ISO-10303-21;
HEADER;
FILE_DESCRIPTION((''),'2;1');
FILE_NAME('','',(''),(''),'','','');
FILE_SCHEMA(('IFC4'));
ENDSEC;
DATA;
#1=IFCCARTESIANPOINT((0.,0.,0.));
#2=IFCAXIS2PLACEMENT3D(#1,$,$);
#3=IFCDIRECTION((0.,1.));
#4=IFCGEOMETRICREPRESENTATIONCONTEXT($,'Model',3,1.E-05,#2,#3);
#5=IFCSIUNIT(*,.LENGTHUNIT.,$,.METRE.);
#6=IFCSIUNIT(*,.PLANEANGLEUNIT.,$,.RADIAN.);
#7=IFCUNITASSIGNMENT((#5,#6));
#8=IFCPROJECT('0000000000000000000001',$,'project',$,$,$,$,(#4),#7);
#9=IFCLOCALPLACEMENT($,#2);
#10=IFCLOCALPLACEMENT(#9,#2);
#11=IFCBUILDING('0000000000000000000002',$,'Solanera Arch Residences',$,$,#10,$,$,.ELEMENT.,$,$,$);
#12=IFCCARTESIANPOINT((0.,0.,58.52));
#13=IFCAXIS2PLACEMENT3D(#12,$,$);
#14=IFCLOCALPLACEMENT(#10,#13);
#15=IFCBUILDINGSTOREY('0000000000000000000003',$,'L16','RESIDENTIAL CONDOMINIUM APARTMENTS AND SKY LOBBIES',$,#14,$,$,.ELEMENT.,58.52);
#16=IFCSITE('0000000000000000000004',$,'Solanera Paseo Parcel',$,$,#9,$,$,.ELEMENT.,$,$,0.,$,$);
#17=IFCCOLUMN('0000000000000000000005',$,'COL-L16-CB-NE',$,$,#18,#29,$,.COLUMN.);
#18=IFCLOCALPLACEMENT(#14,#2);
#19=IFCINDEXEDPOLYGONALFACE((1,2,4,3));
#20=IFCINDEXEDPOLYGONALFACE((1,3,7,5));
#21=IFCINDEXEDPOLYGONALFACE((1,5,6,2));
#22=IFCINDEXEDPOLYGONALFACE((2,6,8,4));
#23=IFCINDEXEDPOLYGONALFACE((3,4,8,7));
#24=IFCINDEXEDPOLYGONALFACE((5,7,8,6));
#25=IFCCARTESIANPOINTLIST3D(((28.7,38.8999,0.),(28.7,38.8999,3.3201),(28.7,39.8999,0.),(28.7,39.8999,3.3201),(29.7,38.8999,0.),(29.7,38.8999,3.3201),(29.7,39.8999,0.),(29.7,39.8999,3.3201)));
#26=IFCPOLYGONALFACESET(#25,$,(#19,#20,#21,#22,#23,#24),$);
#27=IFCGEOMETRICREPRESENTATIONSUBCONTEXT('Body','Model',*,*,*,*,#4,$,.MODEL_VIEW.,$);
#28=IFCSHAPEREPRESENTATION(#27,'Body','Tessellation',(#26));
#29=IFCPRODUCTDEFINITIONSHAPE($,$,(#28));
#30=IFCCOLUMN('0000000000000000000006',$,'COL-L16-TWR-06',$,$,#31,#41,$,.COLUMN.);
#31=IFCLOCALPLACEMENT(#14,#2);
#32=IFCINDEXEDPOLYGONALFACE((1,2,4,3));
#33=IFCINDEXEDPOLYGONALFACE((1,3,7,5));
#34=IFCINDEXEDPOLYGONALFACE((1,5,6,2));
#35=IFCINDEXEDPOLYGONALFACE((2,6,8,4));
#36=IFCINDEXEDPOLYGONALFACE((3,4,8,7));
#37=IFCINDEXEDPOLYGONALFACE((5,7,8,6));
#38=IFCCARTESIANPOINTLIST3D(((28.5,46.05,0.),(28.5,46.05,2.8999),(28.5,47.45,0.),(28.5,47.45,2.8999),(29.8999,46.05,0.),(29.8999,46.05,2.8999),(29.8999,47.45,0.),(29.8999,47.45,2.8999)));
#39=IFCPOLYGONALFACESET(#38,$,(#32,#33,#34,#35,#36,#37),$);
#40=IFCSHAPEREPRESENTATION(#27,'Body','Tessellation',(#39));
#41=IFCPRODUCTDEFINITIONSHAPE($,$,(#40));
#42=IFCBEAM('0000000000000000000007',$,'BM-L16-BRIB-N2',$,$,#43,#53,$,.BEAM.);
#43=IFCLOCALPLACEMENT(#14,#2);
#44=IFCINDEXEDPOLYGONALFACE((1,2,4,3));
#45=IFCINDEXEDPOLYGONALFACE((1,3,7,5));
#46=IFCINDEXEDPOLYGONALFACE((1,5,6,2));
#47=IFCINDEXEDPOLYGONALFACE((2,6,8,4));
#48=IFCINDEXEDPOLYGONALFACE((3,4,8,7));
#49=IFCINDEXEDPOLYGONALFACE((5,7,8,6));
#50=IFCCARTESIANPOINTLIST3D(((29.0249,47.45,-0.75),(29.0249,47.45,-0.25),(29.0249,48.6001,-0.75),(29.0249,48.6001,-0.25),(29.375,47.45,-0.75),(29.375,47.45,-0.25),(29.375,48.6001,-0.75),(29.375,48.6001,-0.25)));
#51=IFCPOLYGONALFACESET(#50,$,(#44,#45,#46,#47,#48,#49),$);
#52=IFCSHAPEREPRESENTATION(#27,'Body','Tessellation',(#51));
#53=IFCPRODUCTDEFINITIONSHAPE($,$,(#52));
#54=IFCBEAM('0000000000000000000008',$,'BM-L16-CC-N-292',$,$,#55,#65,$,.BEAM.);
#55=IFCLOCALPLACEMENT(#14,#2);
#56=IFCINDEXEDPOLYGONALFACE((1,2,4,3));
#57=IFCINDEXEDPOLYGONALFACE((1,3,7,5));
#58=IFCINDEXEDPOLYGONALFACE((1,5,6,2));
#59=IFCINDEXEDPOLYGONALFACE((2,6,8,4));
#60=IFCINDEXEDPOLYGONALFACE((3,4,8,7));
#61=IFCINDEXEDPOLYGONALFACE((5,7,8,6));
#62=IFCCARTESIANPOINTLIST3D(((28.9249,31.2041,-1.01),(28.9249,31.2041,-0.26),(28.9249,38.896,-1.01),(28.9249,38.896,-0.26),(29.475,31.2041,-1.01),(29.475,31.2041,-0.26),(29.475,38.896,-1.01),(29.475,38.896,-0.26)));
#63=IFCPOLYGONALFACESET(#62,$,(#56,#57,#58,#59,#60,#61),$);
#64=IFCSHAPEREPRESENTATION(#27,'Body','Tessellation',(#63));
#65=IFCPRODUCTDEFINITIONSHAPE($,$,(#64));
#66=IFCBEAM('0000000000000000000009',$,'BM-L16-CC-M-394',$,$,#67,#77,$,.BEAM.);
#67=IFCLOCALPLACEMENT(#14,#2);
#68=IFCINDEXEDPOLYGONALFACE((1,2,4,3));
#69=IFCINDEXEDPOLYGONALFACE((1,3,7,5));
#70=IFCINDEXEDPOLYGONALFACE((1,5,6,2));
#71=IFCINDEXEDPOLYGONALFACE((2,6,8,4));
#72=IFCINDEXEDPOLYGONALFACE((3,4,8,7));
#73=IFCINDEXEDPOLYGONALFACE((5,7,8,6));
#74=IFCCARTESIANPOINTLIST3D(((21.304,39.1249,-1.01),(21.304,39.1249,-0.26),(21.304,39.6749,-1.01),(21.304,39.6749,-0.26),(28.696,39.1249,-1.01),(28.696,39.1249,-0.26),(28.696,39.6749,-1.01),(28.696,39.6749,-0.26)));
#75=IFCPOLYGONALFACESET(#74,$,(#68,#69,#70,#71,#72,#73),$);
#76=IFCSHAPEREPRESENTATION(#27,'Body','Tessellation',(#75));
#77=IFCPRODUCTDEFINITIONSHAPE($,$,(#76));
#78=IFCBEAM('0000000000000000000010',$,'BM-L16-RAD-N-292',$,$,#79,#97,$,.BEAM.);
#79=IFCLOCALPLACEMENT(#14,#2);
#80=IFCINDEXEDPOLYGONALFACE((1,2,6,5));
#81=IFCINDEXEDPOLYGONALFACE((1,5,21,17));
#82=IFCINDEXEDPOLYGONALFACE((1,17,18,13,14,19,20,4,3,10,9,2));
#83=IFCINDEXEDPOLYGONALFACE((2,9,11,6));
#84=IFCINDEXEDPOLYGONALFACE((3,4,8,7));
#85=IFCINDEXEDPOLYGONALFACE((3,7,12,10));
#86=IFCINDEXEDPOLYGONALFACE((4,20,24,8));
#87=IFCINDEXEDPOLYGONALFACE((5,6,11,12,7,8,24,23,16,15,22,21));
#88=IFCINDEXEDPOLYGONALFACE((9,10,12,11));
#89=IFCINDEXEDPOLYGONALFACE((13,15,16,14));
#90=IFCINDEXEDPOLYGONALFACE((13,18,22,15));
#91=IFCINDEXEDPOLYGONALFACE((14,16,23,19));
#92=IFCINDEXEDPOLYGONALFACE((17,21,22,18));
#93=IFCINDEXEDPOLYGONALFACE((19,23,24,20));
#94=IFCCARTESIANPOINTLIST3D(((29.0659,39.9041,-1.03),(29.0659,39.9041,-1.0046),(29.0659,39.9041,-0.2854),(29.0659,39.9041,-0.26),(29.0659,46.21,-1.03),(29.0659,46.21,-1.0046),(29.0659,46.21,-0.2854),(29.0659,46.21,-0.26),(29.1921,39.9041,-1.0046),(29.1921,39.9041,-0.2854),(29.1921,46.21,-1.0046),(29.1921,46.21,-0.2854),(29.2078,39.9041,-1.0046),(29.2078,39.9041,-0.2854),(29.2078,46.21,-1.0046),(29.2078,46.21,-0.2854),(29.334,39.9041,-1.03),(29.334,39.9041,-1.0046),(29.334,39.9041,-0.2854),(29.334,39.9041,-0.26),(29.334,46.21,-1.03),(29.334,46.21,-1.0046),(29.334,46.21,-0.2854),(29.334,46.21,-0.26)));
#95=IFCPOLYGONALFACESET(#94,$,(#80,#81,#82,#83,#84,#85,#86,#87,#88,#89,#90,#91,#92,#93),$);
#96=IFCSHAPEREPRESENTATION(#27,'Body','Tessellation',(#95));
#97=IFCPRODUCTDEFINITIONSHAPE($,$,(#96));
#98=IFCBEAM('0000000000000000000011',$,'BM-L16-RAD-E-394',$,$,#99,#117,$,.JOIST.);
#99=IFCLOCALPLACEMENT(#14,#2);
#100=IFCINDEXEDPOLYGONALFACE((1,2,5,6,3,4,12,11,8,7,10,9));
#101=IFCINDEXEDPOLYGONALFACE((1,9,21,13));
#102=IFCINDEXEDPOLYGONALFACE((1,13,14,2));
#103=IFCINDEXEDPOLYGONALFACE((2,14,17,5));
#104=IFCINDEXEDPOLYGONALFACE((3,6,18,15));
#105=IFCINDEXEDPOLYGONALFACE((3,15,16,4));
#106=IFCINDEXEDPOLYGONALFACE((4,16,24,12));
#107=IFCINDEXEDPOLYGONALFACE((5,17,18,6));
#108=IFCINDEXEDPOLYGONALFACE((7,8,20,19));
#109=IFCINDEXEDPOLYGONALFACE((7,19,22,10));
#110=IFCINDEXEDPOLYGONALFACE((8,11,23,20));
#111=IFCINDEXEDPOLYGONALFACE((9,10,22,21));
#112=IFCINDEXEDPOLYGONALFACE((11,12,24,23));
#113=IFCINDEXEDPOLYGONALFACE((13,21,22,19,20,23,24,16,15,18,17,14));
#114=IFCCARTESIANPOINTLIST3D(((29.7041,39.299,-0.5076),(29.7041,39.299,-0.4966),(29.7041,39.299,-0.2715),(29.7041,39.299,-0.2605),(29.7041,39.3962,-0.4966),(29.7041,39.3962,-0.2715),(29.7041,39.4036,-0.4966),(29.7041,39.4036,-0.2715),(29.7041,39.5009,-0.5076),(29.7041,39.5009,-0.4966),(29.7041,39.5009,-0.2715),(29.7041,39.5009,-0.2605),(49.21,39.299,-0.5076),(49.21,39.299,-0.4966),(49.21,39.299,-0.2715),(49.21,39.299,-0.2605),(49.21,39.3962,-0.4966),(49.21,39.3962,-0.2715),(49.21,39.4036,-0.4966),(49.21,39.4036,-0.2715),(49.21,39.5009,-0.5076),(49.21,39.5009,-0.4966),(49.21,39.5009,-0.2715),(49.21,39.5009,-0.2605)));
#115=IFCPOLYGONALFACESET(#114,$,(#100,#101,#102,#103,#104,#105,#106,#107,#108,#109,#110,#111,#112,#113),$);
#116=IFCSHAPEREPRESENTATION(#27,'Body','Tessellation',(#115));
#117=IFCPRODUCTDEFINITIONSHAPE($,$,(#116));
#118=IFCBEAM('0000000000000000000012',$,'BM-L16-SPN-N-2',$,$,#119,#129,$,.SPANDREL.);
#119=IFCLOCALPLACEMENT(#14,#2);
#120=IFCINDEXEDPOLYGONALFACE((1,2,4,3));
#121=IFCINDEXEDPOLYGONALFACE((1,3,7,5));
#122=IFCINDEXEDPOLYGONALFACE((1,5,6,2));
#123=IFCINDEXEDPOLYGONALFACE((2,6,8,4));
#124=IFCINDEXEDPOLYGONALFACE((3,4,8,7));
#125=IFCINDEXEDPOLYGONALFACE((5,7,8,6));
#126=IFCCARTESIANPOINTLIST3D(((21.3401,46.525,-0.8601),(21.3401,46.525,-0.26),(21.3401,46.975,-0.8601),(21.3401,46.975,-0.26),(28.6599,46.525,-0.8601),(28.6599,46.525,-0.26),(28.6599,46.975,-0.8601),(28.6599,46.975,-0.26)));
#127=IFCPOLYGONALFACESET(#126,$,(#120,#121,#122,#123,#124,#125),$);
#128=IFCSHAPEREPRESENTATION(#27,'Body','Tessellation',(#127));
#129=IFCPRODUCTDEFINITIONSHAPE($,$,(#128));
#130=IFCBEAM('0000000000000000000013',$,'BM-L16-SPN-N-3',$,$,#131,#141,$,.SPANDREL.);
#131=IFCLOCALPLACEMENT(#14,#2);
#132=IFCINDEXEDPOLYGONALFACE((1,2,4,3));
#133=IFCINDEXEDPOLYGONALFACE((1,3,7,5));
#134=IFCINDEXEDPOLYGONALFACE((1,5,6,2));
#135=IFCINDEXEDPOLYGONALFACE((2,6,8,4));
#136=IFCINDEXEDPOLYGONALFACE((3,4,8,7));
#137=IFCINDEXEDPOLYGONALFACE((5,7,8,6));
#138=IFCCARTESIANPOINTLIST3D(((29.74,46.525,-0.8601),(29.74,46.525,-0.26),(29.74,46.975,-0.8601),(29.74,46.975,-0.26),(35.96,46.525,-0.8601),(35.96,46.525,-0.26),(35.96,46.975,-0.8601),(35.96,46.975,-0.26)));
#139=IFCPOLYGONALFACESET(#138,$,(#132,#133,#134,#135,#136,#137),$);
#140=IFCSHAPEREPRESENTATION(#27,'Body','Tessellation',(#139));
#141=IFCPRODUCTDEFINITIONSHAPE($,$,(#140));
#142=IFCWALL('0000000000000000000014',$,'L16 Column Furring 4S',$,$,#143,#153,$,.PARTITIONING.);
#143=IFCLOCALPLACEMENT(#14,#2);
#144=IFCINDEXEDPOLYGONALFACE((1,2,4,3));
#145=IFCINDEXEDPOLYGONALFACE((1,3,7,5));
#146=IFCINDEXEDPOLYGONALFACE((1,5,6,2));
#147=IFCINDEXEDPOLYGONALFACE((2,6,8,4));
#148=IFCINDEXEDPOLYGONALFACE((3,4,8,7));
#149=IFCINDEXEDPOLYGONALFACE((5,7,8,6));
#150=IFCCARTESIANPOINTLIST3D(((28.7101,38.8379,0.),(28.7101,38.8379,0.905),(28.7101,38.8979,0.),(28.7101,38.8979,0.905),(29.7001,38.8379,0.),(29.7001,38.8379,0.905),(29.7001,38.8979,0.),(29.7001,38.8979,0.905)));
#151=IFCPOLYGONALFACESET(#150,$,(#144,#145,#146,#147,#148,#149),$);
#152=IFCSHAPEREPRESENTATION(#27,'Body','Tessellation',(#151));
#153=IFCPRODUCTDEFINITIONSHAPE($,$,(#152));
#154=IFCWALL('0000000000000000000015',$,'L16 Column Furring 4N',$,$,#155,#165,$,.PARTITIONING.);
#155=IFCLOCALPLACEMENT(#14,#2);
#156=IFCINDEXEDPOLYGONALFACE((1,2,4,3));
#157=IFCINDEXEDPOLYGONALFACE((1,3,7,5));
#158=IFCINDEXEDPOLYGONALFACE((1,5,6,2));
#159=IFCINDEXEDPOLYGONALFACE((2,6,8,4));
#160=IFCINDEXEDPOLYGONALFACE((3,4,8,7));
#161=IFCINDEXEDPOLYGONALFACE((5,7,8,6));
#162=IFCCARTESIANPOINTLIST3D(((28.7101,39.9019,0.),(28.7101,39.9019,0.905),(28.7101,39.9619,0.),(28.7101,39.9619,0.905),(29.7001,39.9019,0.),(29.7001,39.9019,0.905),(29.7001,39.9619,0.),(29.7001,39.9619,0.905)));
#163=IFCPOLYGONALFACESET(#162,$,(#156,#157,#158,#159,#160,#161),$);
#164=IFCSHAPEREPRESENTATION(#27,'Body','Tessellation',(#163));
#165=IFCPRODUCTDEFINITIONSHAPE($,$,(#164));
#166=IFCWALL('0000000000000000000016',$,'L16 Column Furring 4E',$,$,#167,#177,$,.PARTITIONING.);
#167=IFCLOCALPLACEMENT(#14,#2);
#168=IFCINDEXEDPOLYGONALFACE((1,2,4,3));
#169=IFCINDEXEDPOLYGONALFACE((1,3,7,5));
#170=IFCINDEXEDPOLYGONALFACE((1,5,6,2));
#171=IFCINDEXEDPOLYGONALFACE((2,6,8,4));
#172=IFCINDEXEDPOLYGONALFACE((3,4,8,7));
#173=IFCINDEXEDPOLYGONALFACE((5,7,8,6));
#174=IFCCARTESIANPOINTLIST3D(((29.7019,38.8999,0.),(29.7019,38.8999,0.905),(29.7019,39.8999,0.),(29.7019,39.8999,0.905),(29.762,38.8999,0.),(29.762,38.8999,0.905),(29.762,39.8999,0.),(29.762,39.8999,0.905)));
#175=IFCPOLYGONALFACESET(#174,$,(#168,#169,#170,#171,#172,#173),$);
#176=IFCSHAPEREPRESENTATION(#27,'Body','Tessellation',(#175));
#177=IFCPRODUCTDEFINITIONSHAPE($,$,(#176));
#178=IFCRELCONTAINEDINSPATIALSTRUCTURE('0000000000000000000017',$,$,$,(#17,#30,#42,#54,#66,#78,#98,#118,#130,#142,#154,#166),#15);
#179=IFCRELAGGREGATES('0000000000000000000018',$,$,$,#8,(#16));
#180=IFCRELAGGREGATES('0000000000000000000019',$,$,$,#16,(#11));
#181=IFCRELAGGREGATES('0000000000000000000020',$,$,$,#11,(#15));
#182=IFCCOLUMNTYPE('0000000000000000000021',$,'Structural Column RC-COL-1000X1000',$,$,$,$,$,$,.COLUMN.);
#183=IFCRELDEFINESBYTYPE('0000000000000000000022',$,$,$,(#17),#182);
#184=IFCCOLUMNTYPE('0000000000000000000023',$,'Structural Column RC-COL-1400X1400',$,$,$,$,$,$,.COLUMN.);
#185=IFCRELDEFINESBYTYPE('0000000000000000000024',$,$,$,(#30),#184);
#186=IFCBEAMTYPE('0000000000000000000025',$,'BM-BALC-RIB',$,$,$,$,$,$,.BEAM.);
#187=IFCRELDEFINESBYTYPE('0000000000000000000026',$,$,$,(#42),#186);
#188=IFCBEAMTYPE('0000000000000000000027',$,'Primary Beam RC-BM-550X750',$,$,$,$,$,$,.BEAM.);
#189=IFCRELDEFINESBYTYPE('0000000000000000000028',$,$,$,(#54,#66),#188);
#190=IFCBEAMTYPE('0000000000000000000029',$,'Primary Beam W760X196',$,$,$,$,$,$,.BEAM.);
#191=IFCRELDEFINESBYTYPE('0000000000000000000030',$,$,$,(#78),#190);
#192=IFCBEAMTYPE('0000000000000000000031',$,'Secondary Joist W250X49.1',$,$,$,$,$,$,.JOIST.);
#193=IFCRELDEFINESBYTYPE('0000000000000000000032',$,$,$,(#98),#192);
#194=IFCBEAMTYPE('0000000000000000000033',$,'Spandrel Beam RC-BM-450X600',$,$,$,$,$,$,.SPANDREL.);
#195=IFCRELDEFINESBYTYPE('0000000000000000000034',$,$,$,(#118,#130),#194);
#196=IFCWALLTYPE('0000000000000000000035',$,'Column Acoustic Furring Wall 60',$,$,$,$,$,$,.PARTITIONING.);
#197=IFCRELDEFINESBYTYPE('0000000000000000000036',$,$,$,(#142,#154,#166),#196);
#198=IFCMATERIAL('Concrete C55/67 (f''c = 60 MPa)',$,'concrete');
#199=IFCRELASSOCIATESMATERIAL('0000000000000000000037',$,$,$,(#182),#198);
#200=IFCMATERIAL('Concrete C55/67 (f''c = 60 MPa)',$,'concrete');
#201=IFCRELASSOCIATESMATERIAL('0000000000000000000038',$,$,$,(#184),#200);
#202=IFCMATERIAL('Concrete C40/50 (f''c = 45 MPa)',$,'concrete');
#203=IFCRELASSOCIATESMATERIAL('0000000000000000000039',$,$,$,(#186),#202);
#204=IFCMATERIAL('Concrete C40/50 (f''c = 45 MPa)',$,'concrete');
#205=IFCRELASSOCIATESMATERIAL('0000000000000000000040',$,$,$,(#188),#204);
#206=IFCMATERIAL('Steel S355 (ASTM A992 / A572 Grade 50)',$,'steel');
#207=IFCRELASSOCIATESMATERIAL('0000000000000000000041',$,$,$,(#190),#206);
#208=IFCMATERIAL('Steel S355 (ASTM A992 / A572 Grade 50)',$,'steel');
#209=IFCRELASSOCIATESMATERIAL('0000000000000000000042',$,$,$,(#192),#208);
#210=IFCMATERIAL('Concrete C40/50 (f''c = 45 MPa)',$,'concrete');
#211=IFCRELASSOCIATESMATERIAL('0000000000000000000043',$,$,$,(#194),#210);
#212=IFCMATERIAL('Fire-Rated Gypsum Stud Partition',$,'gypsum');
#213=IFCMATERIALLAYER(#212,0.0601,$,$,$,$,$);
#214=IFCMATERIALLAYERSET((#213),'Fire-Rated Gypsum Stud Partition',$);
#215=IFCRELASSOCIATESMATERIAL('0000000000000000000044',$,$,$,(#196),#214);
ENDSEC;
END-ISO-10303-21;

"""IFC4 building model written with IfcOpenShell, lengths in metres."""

from ifc_helpers import new_model, si_unit, direction, frame, frame_2d, origin, origin_2d, place, context, subcontext, project, spatial, rectangle, i_section, extrude, material, layer, layer_set, material_profile, profile_set, type_object, element, save


model = new_model("IFC4")

# Units and contexts
model_context = context("Model", 3, precision=1e-05, world=origin(), true_north=direction((0.0, 1.0)))
body_context = subcontext(model_context, "Body", "Model", "MODEL_VIEW")
ifc_project = project(units=[si_unit("LENGTHUNIT", "METRE"), si_unit("PLANEANGLEUNIT", "RADIAN")], contexts=[model_context])

# Site, building, storey
site_placement = place(None, origin())
site = spatial("IfcSite", under=ifc_project, at=site_placement, Name="Solanera Paseo Parcel", CompositionType="ELEMENT", RefElevation=0.0)
building_placement = place(site_placement, origin())
building = spatial("IfcBuilding", under=site, at=building_placement, Name="Solanera Arch Residences", CompositionType="ELEMENT")
storey_placement = place(building_placement, frame((0.0, 0.0, 58.52)))
storey = spatial("IfcBuildingStorey", under=building, at=storey_placement, Name="L16", Description="RESIDENTIAL CONDOMINIUM APARTMENTS AND SKY LOBBIES", CompositionType="ELEMENT", Elevation=58.52)

# Columns
ifc_material_1 = material(Name="Concrete C55/67 (f'c = 60 MPa)", Category="concrete")
ifc_material_profile_1 = material_profile(ifc_material_1, rectangle(XDim=1.0, YDim=1.0, at=origin_2d()))
ifc_profile_set_1 = profile_set([ifc_material_profile_1], Name="Concrete C55/67 (f'c = 60 MPa)")
column_type_1 = type_object("IfcColumnType", Name="Structural Column RC-COL-1000X1000", PredefinedType="COLUMN", material=ifc_profile_set_1)
column_1_placement = place(storey_placement, frame((29.2, 39.3999, 0.0), z_axis=(0.0, 0.0, 1.0), x_axis=(1.0, 0.0, 0.0)))
element("IfcColumn", 1, at=column_1_placement, inside=storey, type_object=column_type_1, Name="COL-L16-CB-NE", PredefinedType="COLUMN", context=body_context, shape_type="SweptSolid", body=[
    extrude(rectangle(XDim=1.0, YDim=1.0, at=origin_2d()), origin(), (0.0, 0.0, 1.0), 3.3201),
])
ifc_material_2 = material(Name="Concrete C55/67 (f'c = 60 MPa)", Category="concrete")
ifc_material_profile_2 = material_profile(ifc_material_2, rectangle(XDim=1.3999, YDim=1.3999, at=origin_2d()))
ifc_profile_set_2 = profile_set([ifc_material_profile_2], Name="Concrete C55/67 (f'c = 60 MPa)")
column_type_2 = type_object("IfcColumnType", Name="Structural Column RC-COL-1400X1400", PredefinedType="COLUMN", material=ifc_profile_set_2)
column_2_placement = place(storey_placement, frame((29.2, 46.75, 0.0), z_axis=(0.0, 0.0, 1.0), x_axis=(1.0, 0.0, 0.0)))
element("IfcColumn", 2, at=column_2_placement, inside=storey, type_object=column_type_2, Name="COL-L16-TWR-06", PredefinedType="COLUMN", context=body_context, shape_type="SweptSolid", body=[
    extrude(rectangle(XDim=1.3999, YDim=1.3999, at=origin_2d()), origin(), (0.0, 0.0, 1.0), 2.8999),
])

# Beams
ifc_material_3 = material(Name="Concrete C40/50 (f'c = 45 MPa)", Category="concrete")
ifc_material_profile_3 = material_profile(ifc_material_3, rectangle(XDim=0.3501, YDim=0.5, at=origin_2d()))
ifc_profile_set_3 = profile_set([ifc_material_profile_3], Name="Concrete C40/50 (f'c = 45 MPa)")
beam_type_1 = type_object("IfcBeamType", Name="BM-BALC-RIB", PredefinedType="BEAM", material=ifc_profile_set_3)
beam_1_placement = place(storey_placement, frame((29.2, 47.45, -0.5), z_axis=(0.0, 1.0, 0.0), x_axis=(-1.0, 0.0, 0.0)))
element("IfcBeam", 3, at=beam_1_placement, inside=storey, type_object=beam_type_1, Name="BM-L16-BRIB-N2", PredefinedType="BEAM", context=body_context, shape_type="SweptSolid", body=[
    extrude(rectangle(XDim=0.3501, YDim=0.5, at=origin_2d()), origin(), (0.0, 0.0, 1.0), 1.1501),
])
ifc_material_4 = material(Name="Concrete C40/50 (f'c = 45 MPa)", Category="concrete")
ifc_material_profile_4 = material_profile(ifc_material_4, rectangle(XDim=0.55, YDim=0.75, at=origin_2d()))
ifc_profile_set_4 = profile_set([ifc_material_profile_4], Name="Concrete C40/50 (f'c = 45 MPa)")
beam_type_2 = type_object("IfcBeamType", Name="Primary Beam RC-BM-550X750", PredefinedType="BEAM", material=ifc_profile_set_4)
beam_2_placement = place(storey_placement, frame((29.2, 31.2041, -0.635), z_axis=(0.0, 1.0, 0.0), x_axis=(-1.0, 0.0, 0.0)))
element("IfcBeam", 4, at=beam_2_placement, inside=storey, type_object=beam_type_2, Name="BM-L16-CC-N-292", PredefinedType="BEAM", context=body_context, shape_type="SweptSolid", body=[
    extrude(rectangle(XDim=0.55, YDim=0.75, at=origin_2d()), origin(), (0.0, 0.0, 1.0), 7.6919),
])
beam_3_placement = place(storey_placement, frame((21.304, 39.3999, -0.635), z_axis=(1.0, 0.0, 0.0), x_axis=(0.0, 1.0, 0.0)))
element("IfcBeam", 5, at=beam_3_placement, inside=storey, type_object=beam_type_2, Name="BM-L16-CC-M-394", PredefinedType="BEAM", context=body_context, shape_type="SweptSolid", body=[
    extrude(rectangle(XDim=0.55, YDim=0.75, at=origin_2d()), origin(), (0.0, 0.0, 1.0), 7.3921),
])
ifc_material_5 = material(Name="Steel S355 (ASTM A992 / A572 Grade 50)", Category="steel")
ifc_material_profile_5 = material_profile(ifc_material_5, i_section(OverallWidth=0.2681, OverallDepth=0.77, WebThickness=0.0156, FlangeThickness=0.0254, at=origin_2d()))
ifc_profile_set_5 = profile_set([ifc_material_profile_5], Name="Steel S355 (ASTM A992 / A572 Grade 50)")
beam_type_3 = type_object("IfcBeamType", Name="Primary Beam W760X196", PredefinedType="BEAM", material=ifc_profile_set_5)
beam_4_placement = place(storey_placement, frame((29.2, 39.9041, -0.645), z_axis=(0.0, 1.0, 0.0), x_axis=(-1.0, 0.0, 0.0)))
element("IfcBeam", 6, at=beam_4_placement, inside=storey, type_object=beam_type_3, Name="BM-L16-RAD-N-292", PredefinedType="BEAM", context=body_context, shape_type="SweptSolid", body=[
    extrude(i_section(OverallWidth=0.2681, OverallDepth=0.77, WebThickness=0.0156, FlangeThickness=0.0254, at=origin_2d()), origin(), (0.0, 0.0, 1.0), 6.3059),
])
ifc_material_6 = material(Name="Steel S355 (ASTM A992 / A572 Grade 50)", Category="steel")
ifc_material_profile_6 = material_profile(ifc_material_6, i_section(OverallWidth=0.2019, OverallDepth=0.2471, WebThickness=0.0073, FlangeThickness=0.011, at=origin_2d()))
ifc_profile_set_6 = profile_set([ifc_material_profile_6], Name="Steel S355 (ASTM A992 / A572 Grade 50)")
beam_type_4 = type_object("IfcBeamType", Name="Secondary Joist W250X49.1", PredefinedType="JOIST", material=ifc_profile_set_6)
beam_5_placement = place(storey_placement, frame((29.7041, 39.3999, -0.384), z_axis=(1.0, 0.0, 0.0), x_axis=(0.0, 1.0, 0.0)))
element("IfcBeam", 7, at=beam_5_placement, inside=storey, type_object=beam_type_4, Name="BM-L16-RAD-E-394", PredefinedType="JOIST", context=body_context, shape_type="SweptSolid", body=[
    extrude(i_section(OverallWidth=0.2019, OverallDepth=0.2471, WebThickness=0.0073, FlangeThickness=0.011, at=origin_2d()), origin(), (0.0, 0.0, 1.0), 19.5059),
])
ifc_material_7 = material(Name="Concrete C40/50 (f'c = 45 MPa)", Category="concrete")
ifc_material_profile_7 = material_profile(ifc_material_7, rectangle(XDim=0.45, YDim=0.6001, at=origin_2d()))
ifc_profile_set_7 = profile_set([ifc_material_profile_7], Name="Concrete C40/50 (f'c = 45 MPa)")
beam_type_5 = type_object("IfcBeamType", Name="Spandrel Beam RC-BM-450X600", PredefinedType="SPANDREL", material=ifc_profile_set_7)
beam_6_placement = place(storey_placement, frame((21.3401, 46.75, -0.5601), z_axis=(1.0, 0.0, 0.0), x_axis=(0.0, 1.0, 0.0)))
element("IfcBeam", 8, at=beam_6_placement, inside=storey, type_object=beam_type_5, Name="BM-L16-SPN-N-2", PredefinedType="SPANDREL", context=body_context, shape_type="SweptSolid", body=[
    extrude(rectangle(XDim=0.45, YDim=0.6001, at=origin_2d()), origin(), (0.0, 0.0, 1.0), 7.3198),
])
beam_7_placement = place(storey_placement, frame((29.74, 46.75, -0.5601), z_axis=(1.0, 0.0, 0.0), x_axis=(0.0, 1.0, 0.0)))
element("IfcBeam", 9, at=beam_7_placement, inside=storey, type_object=beam_type_5, Name="BM-L16-SPN-N-3", PredefinedType="SPANDREL", context=body_context, shape_type="SweptSolid", body=[
    extrude(rectangle(XDim=0.45, YDim=0.6001, at=origin_2d()), origin(), (0.0, 0.0, 1.0), 6.22),
])

# Walls
ifc_material_8 = material(Name="Fire-Rated Gypsum Stud Partition", Category="gypsum")
ifc_layer_1 = layer(ifc_material_8, 0.0601)
ifc_layer_set_1 = layer_set([ifc_layer_1], Name="Fire-Rated Gypsum Stud Partition")
wall_type_1 = type_object("IfcWallType", Name="Column Acoustic Furring Wall 60", PredefinedType="PARTITIONING", material=ifc_layer_set_1)
for number, where, z_axis, x_axis, name in (
    (10, (28.71, 38.8679, 0.0), (0.0, 0.0, 1.0), (1.0, 0.0, 0.0), "L16 Column Furring 4S"),
    (11, (28.71, 39.9319, 0.0), (0.0, 0.0, 1.0), (1.0, 0.0, 0.0), "L16 Column Furring 4N"),
):
    element("IfcWall", number, at=place(storey_placement, frame(where, z_axis=z_axis, x_axis=x_axis)), inside=storey, type_object=wall_type_1, Name=name, PredefinedType="PARTITIONING", context=body_context, shape_type="SweptSolid", body=[
        extrude(rectangle(XDim=0.99, YDim=0.0601, at=frame_2d((0.4951, 0.0))), origin(), (0.0, 0.0, 1.0), 0.905),
    ])
wall_1_placement = place(storey_placement, frame((29.7319, 38.8999, 0.0), z_axis=(0.0, 0.0, 1.0), x_axis=(0.0, 1.0, 0.0)))
element("IfcWall", 12, at=wall_1_placement, inside=storey, type_object=wall_type_1, Name="L16 Column Furring 4E", PredefinedType="PARTITIONING", context=body_context, shape_type="SweptSolid", body=[
    extrude(rectangle(XDim=1.0, YDim=0.0601, at=frame_2d((0.5, 0.0))), origin(), (0.0, 0.0, 1.0), 0.905),
])

save(model, "model.ifc")
